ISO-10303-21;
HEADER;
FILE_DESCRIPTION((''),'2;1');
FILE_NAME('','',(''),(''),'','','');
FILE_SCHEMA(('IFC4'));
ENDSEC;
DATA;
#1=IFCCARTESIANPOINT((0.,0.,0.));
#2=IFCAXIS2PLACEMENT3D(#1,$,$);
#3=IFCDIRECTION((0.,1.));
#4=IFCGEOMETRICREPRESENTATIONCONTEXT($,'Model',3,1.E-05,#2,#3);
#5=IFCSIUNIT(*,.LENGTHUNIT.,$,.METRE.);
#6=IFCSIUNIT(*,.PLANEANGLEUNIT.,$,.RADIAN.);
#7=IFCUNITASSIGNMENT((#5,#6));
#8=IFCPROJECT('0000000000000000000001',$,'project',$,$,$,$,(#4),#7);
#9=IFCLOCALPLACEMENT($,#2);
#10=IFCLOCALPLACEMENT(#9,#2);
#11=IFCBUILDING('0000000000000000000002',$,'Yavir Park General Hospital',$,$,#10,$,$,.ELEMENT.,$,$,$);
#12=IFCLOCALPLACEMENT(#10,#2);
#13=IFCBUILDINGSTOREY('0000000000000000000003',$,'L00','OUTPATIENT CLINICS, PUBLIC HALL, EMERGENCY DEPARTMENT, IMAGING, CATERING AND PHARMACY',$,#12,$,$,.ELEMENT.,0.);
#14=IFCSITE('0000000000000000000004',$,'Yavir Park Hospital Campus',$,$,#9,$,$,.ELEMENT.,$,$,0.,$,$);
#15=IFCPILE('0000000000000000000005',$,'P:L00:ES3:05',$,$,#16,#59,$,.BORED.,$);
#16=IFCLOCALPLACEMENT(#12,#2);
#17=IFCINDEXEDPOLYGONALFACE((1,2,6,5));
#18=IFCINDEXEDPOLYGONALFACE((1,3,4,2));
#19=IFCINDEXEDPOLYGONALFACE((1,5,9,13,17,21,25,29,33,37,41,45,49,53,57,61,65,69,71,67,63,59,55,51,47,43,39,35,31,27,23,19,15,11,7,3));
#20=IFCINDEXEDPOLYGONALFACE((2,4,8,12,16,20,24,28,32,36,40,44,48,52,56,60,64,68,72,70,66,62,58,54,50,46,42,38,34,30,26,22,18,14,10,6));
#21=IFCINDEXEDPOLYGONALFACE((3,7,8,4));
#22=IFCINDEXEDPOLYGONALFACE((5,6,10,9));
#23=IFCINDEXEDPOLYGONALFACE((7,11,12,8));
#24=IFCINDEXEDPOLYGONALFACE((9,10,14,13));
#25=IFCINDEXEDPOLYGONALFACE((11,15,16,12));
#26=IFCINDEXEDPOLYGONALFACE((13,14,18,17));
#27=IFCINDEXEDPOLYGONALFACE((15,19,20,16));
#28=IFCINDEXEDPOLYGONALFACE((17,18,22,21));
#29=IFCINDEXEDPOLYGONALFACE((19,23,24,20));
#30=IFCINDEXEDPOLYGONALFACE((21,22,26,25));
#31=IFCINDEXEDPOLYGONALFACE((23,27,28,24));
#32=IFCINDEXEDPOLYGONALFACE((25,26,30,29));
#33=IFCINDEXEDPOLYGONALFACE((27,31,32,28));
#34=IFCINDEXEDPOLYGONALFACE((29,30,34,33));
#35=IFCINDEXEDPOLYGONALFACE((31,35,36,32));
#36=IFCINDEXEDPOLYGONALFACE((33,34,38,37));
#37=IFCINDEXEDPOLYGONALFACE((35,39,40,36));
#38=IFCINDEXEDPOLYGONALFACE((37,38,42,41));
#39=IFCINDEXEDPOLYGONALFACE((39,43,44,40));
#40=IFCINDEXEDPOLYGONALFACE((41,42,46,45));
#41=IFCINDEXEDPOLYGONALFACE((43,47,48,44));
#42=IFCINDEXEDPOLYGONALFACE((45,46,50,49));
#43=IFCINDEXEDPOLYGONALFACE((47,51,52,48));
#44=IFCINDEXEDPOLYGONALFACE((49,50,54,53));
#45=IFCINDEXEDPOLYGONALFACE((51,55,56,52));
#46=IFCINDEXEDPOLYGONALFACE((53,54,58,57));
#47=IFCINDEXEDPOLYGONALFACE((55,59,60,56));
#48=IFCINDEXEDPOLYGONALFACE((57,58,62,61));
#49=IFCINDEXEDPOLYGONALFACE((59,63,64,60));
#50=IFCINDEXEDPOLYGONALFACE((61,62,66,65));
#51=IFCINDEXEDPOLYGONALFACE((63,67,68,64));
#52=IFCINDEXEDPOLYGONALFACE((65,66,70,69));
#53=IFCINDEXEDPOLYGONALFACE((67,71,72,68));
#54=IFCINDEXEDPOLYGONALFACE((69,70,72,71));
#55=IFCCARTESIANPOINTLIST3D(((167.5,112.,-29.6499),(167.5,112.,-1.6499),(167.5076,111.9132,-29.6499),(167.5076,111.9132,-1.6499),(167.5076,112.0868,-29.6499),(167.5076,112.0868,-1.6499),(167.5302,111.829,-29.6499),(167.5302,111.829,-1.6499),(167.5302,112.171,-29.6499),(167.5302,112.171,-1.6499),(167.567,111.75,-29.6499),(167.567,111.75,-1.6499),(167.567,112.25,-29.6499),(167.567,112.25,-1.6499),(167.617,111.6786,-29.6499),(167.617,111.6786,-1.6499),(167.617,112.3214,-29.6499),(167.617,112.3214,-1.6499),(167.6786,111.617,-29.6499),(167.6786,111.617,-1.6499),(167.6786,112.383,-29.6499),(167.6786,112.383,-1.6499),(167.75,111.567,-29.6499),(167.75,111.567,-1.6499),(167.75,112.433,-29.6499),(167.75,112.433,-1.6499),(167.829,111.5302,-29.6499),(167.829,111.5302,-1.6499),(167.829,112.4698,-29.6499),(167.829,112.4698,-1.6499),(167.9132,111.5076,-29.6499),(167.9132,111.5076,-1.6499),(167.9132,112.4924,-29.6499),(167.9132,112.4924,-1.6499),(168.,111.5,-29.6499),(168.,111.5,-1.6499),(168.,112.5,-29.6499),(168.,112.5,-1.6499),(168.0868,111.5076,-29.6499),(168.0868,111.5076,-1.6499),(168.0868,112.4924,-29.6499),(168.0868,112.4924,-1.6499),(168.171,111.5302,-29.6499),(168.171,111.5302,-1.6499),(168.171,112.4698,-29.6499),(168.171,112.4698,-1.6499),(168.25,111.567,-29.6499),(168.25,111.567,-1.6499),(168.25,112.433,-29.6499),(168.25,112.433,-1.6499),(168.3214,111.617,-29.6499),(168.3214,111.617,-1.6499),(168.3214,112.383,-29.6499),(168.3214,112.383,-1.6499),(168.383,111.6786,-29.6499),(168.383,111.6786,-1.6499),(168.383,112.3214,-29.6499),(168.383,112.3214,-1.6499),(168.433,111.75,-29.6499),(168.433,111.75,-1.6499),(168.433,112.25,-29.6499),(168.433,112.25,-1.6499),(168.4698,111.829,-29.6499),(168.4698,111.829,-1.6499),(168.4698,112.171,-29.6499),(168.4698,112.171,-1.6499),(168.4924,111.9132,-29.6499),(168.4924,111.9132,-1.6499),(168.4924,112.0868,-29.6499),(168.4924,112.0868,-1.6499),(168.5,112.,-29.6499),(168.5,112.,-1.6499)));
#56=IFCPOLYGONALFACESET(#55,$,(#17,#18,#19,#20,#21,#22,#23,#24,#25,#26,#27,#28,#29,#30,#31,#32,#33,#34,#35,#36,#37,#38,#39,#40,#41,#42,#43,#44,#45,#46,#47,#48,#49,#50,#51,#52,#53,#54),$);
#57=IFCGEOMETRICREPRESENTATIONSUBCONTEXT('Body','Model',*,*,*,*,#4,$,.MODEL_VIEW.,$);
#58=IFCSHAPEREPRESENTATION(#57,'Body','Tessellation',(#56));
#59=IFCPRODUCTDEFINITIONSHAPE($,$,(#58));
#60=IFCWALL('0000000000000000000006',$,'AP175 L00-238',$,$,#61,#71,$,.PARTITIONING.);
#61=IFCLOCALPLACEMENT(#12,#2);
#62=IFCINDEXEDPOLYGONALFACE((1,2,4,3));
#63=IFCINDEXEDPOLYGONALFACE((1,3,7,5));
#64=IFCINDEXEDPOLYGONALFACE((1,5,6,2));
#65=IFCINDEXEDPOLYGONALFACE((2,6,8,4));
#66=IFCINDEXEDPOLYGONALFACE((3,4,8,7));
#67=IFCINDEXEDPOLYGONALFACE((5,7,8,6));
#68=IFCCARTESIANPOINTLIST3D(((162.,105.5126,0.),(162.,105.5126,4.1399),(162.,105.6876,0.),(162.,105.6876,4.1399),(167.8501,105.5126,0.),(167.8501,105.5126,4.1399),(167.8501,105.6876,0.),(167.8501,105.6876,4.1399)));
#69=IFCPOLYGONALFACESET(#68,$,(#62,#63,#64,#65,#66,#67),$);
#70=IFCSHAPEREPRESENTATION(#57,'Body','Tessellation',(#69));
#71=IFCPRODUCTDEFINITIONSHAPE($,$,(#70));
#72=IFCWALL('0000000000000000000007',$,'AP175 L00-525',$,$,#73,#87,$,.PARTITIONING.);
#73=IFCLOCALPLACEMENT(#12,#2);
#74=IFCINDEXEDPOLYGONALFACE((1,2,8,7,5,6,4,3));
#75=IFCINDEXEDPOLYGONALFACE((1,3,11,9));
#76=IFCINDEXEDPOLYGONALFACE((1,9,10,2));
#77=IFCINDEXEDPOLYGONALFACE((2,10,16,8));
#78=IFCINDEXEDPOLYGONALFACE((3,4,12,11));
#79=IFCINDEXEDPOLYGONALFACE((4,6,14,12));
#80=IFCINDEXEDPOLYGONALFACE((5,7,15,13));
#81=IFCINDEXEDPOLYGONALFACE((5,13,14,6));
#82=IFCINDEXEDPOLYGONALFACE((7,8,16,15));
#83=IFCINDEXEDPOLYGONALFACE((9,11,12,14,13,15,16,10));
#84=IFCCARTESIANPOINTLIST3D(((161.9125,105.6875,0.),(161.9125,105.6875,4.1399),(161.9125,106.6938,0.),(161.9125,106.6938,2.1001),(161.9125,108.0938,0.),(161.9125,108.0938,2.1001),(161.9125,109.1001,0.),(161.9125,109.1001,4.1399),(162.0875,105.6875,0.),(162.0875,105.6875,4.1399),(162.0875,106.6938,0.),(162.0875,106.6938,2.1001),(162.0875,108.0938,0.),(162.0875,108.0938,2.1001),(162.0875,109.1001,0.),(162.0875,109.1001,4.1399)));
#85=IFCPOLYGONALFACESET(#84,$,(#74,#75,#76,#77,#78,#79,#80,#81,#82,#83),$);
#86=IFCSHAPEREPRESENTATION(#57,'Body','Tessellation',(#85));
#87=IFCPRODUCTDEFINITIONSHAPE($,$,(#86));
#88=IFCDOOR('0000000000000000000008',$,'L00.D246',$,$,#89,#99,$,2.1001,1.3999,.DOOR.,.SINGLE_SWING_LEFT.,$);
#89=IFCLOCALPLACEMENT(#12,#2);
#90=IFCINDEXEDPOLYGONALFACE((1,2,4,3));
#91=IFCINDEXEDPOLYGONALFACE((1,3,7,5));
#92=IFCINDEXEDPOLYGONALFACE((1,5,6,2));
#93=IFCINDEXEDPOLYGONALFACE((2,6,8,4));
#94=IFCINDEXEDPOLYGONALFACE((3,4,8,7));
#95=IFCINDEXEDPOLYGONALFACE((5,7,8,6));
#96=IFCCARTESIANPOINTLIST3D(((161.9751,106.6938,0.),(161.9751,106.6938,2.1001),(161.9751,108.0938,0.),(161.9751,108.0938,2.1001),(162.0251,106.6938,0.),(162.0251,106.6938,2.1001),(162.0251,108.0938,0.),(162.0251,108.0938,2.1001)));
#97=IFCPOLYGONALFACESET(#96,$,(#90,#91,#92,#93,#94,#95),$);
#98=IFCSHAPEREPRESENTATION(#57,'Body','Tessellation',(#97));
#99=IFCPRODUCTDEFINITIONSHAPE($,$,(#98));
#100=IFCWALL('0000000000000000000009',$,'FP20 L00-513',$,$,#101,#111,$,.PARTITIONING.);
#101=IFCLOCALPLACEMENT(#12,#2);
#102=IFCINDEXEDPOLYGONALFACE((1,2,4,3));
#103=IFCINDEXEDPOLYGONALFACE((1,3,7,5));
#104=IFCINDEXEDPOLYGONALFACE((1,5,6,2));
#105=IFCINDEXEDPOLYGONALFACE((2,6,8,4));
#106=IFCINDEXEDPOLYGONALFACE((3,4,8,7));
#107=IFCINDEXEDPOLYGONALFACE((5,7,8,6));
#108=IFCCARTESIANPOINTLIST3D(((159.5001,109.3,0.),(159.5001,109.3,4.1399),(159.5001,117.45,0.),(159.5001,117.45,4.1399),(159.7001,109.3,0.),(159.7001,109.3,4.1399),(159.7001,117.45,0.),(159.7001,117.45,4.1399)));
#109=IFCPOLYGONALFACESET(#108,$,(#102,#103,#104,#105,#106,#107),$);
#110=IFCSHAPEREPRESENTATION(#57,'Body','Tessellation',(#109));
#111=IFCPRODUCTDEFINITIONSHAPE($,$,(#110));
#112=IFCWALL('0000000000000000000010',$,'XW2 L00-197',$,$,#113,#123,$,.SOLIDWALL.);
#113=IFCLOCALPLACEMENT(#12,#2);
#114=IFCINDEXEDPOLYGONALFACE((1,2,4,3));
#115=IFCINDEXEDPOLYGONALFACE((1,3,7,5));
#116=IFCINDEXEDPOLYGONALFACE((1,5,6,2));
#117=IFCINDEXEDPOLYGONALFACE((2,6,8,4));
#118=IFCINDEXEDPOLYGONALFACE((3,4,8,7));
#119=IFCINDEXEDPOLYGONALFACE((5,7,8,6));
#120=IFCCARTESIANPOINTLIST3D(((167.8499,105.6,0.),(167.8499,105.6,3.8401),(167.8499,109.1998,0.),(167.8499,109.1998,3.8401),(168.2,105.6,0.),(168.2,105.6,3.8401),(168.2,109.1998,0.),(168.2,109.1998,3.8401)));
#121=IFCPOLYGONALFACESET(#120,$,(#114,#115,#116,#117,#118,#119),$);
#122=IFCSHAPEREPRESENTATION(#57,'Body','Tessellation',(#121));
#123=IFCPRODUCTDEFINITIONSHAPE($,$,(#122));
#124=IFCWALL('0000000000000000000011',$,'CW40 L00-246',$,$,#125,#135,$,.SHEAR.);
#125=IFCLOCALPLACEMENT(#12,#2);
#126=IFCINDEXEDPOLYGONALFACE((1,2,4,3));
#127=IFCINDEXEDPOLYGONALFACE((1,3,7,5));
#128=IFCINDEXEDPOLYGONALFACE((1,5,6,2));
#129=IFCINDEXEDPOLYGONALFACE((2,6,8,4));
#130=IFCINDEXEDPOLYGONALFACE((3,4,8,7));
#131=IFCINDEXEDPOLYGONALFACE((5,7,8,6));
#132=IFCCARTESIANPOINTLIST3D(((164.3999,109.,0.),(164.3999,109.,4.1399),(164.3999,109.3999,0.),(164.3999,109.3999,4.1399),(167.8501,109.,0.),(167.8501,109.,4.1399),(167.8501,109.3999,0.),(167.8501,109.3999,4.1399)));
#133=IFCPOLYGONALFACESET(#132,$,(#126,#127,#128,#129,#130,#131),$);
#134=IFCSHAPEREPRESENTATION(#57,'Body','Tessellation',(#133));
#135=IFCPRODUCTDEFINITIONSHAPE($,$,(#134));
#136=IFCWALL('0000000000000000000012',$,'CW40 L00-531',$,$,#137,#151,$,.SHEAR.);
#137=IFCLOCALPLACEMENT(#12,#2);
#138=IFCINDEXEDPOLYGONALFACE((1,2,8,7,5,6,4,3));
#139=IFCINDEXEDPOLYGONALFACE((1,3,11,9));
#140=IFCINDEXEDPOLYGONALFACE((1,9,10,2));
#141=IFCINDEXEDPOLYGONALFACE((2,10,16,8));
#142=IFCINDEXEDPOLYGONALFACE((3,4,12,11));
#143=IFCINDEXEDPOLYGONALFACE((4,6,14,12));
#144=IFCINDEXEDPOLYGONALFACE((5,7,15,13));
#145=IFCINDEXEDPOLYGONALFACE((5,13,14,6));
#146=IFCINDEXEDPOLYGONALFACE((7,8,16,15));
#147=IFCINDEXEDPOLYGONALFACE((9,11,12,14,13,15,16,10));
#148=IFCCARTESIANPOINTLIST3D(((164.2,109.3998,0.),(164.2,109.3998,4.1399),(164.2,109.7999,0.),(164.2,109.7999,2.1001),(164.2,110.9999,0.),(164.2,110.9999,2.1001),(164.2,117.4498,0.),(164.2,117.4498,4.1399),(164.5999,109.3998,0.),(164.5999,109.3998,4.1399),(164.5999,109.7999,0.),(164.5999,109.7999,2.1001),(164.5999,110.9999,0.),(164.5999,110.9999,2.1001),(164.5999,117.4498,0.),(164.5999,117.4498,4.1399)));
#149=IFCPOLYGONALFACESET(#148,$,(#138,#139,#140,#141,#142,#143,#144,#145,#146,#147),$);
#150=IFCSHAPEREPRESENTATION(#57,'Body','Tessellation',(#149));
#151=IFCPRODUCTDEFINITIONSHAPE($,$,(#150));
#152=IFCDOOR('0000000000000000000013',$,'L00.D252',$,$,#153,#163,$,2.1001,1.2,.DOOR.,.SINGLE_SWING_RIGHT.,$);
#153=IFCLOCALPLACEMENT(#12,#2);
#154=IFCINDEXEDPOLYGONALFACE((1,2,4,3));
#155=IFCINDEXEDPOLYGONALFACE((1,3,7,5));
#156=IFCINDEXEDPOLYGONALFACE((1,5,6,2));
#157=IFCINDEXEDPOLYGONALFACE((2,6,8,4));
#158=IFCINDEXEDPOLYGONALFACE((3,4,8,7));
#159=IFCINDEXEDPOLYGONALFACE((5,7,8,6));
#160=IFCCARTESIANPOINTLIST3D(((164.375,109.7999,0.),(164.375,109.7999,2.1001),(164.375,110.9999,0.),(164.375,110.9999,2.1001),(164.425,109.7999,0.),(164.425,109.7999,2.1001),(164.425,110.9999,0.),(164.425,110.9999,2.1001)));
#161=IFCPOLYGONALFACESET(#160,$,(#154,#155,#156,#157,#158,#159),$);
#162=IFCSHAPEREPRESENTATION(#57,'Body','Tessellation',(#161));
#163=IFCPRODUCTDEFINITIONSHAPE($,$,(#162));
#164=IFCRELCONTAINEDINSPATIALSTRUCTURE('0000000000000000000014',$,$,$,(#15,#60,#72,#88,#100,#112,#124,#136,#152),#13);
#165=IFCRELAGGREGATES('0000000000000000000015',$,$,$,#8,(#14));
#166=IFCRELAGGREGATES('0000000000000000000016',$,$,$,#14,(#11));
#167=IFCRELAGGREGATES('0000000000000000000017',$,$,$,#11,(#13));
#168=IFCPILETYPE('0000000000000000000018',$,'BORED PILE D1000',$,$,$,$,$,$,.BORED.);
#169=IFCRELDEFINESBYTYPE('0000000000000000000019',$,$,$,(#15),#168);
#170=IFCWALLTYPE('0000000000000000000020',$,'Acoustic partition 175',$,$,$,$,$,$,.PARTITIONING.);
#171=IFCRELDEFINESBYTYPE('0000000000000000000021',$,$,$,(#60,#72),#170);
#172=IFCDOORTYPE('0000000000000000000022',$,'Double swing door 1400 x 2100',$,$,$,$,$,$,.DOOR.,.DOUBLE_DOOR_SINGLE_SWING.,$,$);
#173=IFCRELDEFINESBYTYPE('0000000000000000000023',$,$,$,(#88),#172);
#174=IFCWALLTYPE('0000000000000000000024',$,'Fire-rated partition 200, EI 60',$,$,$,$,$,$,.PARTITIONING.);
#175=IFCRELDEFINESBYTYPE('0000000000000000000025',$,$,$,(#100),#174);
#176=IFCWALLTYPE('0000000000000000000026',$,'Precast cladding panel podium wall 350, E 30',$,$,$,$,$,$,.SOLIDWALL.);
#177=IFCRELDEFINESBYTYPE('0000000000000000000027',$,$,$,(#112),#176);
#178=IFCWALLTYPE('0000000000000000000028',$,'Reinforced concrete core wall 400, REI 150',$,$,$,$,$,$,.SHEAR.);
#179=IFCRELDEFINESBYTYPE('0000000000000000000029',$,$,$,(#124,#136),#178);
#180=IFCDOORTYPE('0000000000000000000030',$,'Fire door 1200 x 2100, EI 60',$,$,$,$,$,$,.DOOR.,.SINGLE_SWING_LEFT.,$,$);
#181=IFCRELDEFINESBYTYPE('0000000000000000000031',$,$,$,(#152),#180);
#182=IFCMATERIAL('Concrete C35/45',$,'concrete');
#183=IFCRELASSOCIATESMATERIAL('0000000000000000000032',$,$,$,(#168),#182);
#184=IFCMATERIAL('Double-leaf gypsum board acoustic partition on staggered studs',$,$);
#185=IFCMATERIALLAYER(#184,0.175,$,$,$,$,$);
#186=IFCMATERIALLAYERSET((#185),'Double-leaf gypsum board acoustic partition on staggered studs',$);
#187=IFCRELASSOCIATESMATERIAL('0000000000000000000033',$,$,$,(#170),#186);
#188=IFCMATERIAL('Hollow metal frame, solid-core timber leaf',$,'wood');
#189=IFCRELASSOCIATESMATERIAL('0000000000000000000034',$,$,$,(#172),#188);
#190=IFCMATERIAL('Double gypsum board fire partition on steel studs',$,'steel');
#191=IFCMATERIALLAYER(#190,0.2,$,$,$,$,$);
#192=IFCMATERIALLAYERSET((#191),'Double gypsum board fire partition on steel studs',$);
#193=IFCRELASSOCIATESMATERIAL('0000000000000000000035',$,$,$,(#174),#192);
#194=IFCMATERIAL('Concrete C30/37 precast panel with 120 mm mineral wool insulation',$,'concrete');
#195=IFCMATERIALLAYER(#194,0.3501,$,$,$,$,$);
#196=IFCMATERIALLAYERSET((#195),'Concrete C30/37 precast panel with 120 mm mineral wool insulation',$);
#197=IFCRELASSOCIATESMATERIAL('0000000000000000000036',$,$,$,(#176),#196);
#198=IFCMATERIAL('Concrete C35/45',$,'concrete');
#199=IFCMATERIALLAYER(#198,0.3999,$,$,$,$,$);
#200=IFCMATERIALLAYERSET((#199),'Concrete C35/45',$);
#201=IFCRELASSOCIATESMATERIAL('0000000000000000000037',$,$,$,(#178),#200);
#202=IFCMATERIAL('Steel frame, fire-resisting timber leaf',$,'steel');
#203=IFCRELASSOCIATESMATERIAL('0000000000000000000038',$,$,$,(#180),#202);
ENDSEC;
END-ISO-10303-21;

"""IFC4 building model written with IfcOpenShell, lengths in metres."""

from ifc_helpers import new_model, si_unit, direction, frame, frame_2d, origin, origin_2d, place, context, subcontext, project, spatial, rectangle, circle, extrude, material, layer, layer_set, material_profile, profile_set, type_object, element, fill, save


model = new_model("IFC4")

# Units and contexts
model_context = context("Model", 3, precision=1e-05, world=origin(), true_north=direction((0.0, 1.0)))
body_context = subcontext(model_context, "Body", "Model", "MODEL_VIEW")
ifc_project = project(units=[si_unit("LENGTHUNIT", "METRE"), si_unit("PLANEANGLEUNIT", "RADIAN")], contexts=[model_context])

# Site, building, storey
site_placement = place(None, origin())
site = spatial("IfcSite", under=ifc_project, at=site_placement, Name="Yavir Park Hospital Campus", CompositionType="ELEMENT", RefElevation=0.0)
building_placement = place(site_placement, origin())
building = spatial("IfcBuilding", under=site, at=building_placement, Name="Yavir Park General Hospital", CompositionType="ELEMENT")
storey_placement = place(building_placement, origin())
storey = spatial("IfcBuildingStorey", under=building, at=storey_placement, Name="L00", Description="OUTPATIENT CLINICS, PUBLIC HALL, EMERGENCY DEPARTMENT, IMAGING, CATERING AND PHARMACY", CompositionType="ELEMENT", Elevation=0.0)

# Pile
ifc_material_1 = material(Name="Concrete C35/45", Category="concrete")
ifc_material_profile = material_profile(ifc_material_1, circle(Radius=0.5, at=origin_2d()), Name="D1000")
ifc_profile_set = profile_set([ifc_material_profile], Name="Concrete C35/45")
pile_type = type_object("IfcPileType", Name="BORED PILE D1000", PredefinedType="BORED", material=ifc_profile_set)
for number, where, z_axis, x_axis, name in (
    (1, (168.0, 112.0, -1.6499), (0.0, 0.0, -1.0), (1.0, 0.0, 0.0), "P:L00:ES3:05"),
):
    element("IfcPile", number, at=place(storey_placement, frame(where, z_axis=z_axis, x_axis=x_axis)), inside=storey, type_object=pile_type, Name=name, PredefinedType="BORED", context=body_context, shape_type="SweptSolid", body=[
        extrude(circle(Radius=0.5, at=origin_2d()), origin(), (0.0, 0.0, 1.0), 28.0),
    ])

# Wall
ifc_material_2 = material(Name="Double-leaf gypsum board acoustic partition on staggered studs")
ifc_layer_1 = layer(ifc_material_2, 0.175)
ifc_layer_set_1 = layer_set([ifc_layer_1], Name="Double-leaf gypsum board acoustic partition on staggered studs")
wall_type_1 = type_object("IfcWallType", Name="Acoustic partition 175", PredefinedType="PARTITIONING", material=ifc_layer_set_1)
wall_1_placement = place(storey_placement, frame((162.0, 105.6001, 0.0), z_axis=(0.0, 0.0, 1.0), x_axis=(1.0, 0.0, 0.0)))
element("IfcWall", 2, at=wall_1_placement, inside=storey, type_object=wall_type_1, Name="AP175 L00-238", PredefinedType="PARTITIONING", context=body_context, shape_type="SweptSolid", body=[
    extrude(rectangle(XDim=5.8501, YDim=0.175, at=frame_2d((2.925, 0.0))), origin(), (0.0, 0.0, 1.0), 4.1399),
])

# Wall, opening, door
wall_2_placement = place(storey_placement, frame((162.0, 105.6875, 0.0), z_axis=(0.0, 0.0, 1.0), x_axis=(0.0, 1.0, 0.0)))
wall_2 = element("IfcWall", 3, at=wall_2_placement, inside=storey, type_object=wall_type_1, Name="AP175 L00-525", PredefinedType="PARTITIONING", context=body_context, shape_type="SweptSolid", body=[
    extrude(rectangle(XDim=3.4126, YDim=0.175, at=frame_2d((1.7063, 0.0))), origin(), (0.0, 0.0, 1.0), 4.1399),
])
opening_1_placement = place(wall_2_placement, frame((1.0063, 0.0, 0.0)))
opening_1 = element("IfcOpeningElement", 4, at=opening_1_placement, cuts=wall_2, PredefinedType="OPENING", context=body_context, shape_type="SweptSolid", body=[
    extrude(rectangle(XDim=1.3999, YDim=2.1001, at=frame_2d((0.7, 1.05))), frame((0.0, 0.0974, 0.0), z_axis=(0.0, -1.0, 0.0), x_axis=(1.0, 0.0, 0.0)), (0.0, 0.0, 1.0), 0.1951),
])
ifc_material_3 = material(Name="Hollow metal frame, solid-core timber leaf", Category="wood")
door_type_1 = type_object("IfcDoorType", Name="Double swing door 1400 x 2100", OperationType="DOUBLE_DOOR_SINGLE_SWING", PredefinedType="DOOR", material=ifc_material_3)
door_1_placement = place(opening_1_placement, origin())
door_1 = element("IfcDoor", 5, at=door_1_placement, inside=storey, type_object=door_type_1, Name="L00.D246", OperationType="SINGLE_SWING_LEFT", OverallHeight=2.1001, OverallWidth=1.3999, PredefinedType="DOOR", context=body_context, shape_type="SweptSolid", body=[
    extrude(rectangle(XDim=1.3999, YDim=2.1001, at=frame_2d((0.7, 1.05))), frame((0.0, 0.0249, 0.0), z_axis=(0.0, -1.0, 0.0), x_axis=(1.0, 0.0, 0.0)), (0.0, 0.0, 1.0), 0.05),
])
fill(opening_1, door_1)

# Walls
ifc_material_4 = material(Name="Double gypsum board fire partition on steel studs", Category="steel")
ifc_layer_2 = layer(ifc_material_4, 0.2)
ifc_layer_set_2 = layer_set([ifc_layer_2], Name="Double gypsum board fire partition on steel studs")
wall_type_2 = type_object("IfcWallType", Name="Fire-rated partition 200, EI 60", PredefinedType="PARTITIONING", material=ifc_layer_set_2)
wall_3_placement = place(storey_placement, frame((159.6001, 109.3, 0.0), z_axis=(0.0, 0.0, 1.0), x_axis=(0.0, 1.0, 0.0)))
element("IfcWall", 6, at=wall_3_placement, inside=storey, type_object=wall_type_2, Name="FP20 L00-513", PredefinedType="PARTITIONING", context=body_context, shape_type="SweptSolid", body=[
    extrude(rectangle(XDim=8.1499, YDim=0.2, at=frame_2d((4.075, 0.0))), origin(), (0.0, 0.0, 1.0), 4.1399),
])
ifc_material_5 = material(Name="Concrete C30/37 precast panel with 120 mm mineral wool insulation", Category="concrete")
ifc_layer_3 = layer(ifc_material_5, 0.3501)
ifc_layer_set_3 = layer_set([ifc_layer_3], Name="Concrete C30/37 precast panel with 120 mm mineral wool insulation")
wall_type_3 = type_object("IfcWallType", Name="Precast cladding panel podium wall 350, E 30", PredefinedType="SOLIDWALL", material=ifc_layer_set_3)
wall_4_placement = place(storey_placement, frame((168.0249, 105.6001, 0.0), z_axis=(0.0, 0.0, 1.0), x_axis=(0.0, 1.0, 0.0)))
element("IfcWall", 7, at=wall_4_placement, inside=storey, type_object=wall_type_3, Name="XW2 L00-197", PredefinedType="SOLIDWALL", context=body_context, shape_type="SweptSolid", body=[
    extrude(rectangle(XDim=3.5999, YDim=0.3501, at=frame_2d((1.7998, 0.0))), origin(), (0.0, 0.0, 1.0), 3.8401),
])
ifc_material_6 = material(Name="Concrete C35/45", Category="concrete")
ifc_layer_4 = layer(ifc_material_6, 0.3999)
ifc_layer_set_4 = layer_set([ifc_layer_4], Name="Concrete C35/45")
wall_type_4 = type_object("IfcWallType", Name="Reinforced concrete core wall 400, REI 150", PredefinedType="SHEAR", material=ifc_layer_set_4)
wall_5_placement = place(storey_placement, frame((164.3999, 109.2, 0.0), z_axis=(0.0, 0.0, 1.0), x_axis=(1.0, 0.0, 0.0)))
element("IfcWall", 8, at=wall_5_placement, inside=storey, type_object=wall_type_4, Name="CW40 L00-246", PredefinedType="SHEAR", context=body_context, shape_type="SweptSolid", body=[
    extrude(rectangle(XDim=3.4502, YDim=0.3999, at=frame_2d((1.7251, 0.0))), origin(), (0.0, 0.0, 1.0), 4.1399),
])

# Wall, opening, door
wall_6_placement = place(storey_placement, frame((164.3999, 109.3999, 0.0), z_axis=(0.0, 0.0, 1.0), x_axis=(0.0, 1.0, 0.0)))
wall_6 = element("IfcWall", 9, at=wall_6_placement, inside=storey, type_object=wall_type_4, Name="CW40 L00-531", PredefinedType="SHEAR", context=body_context, shape_type="SweptSolid", body=[
    extrude(rectangle(XDim=8.05, YDim=0.3999, at=frame_2d((4.0249, 0.0))), origin(), (0.0, 0.0, 1.0), 4.1399),
])
opening_2_placement = place(wall_6_placement, frame((0.3999, 0.0, 0.0)))
opening_2 = element("IfcOpeningElement", 10, at=opening_2_placement, cuts=wall_6, PredefinedType="OPENING", context=body_context, shape_type="SweptSolid", body=[
    extrude(rectangle(XDim=1.2, YDim=2.1001, at=frame_2d((0.6001, 1.05))), frame((0.0, 0.21, 0.0), z_axis=(0.0, -1.0, 0.0), x_axis=(1.0, 0.0, 0.0)), (0.0, 0.0, 1.0), 0.4199),
])
ifc_material_7 = material(Name="Steel frame, fire-resisting timber leaf", Category="steel")
door_type_2 = type_object("IfcDoorType", Name="Fire door 1200 x 2100, EI 60", OperationType="SINGLE_SWING_LEFT", PredefinedType="DOOR", material=ifc_material_7)
door_2_placement = place(opening_2_placement, origin())
door_2 = element("IfcDoor", 11, at=door_2_placement, inside=storey, type_object=door_type_2, Name="L00.D252", OperationType="SINGLE_SWING_RIGHT", OverallHeight=2.1001, OverallWidth=1.2, PredefinedType="DOOR", context=body_context, shape_type="SweptSolid", body=[
    extrude(rectangle(XDim=1.2, YDim=2.1001, at=frame_2d((0.6001, 1.05))), frame((0.0, 0.0249, 0.0), z_axis=(0.0, -1.0, 0.0), x_axis=(1.0, 0.0, 0.0)), (0.0, 0.0, 1.0), 0.05),
])
fill(opening_2, door_2)

save(model, "model.ifc")
